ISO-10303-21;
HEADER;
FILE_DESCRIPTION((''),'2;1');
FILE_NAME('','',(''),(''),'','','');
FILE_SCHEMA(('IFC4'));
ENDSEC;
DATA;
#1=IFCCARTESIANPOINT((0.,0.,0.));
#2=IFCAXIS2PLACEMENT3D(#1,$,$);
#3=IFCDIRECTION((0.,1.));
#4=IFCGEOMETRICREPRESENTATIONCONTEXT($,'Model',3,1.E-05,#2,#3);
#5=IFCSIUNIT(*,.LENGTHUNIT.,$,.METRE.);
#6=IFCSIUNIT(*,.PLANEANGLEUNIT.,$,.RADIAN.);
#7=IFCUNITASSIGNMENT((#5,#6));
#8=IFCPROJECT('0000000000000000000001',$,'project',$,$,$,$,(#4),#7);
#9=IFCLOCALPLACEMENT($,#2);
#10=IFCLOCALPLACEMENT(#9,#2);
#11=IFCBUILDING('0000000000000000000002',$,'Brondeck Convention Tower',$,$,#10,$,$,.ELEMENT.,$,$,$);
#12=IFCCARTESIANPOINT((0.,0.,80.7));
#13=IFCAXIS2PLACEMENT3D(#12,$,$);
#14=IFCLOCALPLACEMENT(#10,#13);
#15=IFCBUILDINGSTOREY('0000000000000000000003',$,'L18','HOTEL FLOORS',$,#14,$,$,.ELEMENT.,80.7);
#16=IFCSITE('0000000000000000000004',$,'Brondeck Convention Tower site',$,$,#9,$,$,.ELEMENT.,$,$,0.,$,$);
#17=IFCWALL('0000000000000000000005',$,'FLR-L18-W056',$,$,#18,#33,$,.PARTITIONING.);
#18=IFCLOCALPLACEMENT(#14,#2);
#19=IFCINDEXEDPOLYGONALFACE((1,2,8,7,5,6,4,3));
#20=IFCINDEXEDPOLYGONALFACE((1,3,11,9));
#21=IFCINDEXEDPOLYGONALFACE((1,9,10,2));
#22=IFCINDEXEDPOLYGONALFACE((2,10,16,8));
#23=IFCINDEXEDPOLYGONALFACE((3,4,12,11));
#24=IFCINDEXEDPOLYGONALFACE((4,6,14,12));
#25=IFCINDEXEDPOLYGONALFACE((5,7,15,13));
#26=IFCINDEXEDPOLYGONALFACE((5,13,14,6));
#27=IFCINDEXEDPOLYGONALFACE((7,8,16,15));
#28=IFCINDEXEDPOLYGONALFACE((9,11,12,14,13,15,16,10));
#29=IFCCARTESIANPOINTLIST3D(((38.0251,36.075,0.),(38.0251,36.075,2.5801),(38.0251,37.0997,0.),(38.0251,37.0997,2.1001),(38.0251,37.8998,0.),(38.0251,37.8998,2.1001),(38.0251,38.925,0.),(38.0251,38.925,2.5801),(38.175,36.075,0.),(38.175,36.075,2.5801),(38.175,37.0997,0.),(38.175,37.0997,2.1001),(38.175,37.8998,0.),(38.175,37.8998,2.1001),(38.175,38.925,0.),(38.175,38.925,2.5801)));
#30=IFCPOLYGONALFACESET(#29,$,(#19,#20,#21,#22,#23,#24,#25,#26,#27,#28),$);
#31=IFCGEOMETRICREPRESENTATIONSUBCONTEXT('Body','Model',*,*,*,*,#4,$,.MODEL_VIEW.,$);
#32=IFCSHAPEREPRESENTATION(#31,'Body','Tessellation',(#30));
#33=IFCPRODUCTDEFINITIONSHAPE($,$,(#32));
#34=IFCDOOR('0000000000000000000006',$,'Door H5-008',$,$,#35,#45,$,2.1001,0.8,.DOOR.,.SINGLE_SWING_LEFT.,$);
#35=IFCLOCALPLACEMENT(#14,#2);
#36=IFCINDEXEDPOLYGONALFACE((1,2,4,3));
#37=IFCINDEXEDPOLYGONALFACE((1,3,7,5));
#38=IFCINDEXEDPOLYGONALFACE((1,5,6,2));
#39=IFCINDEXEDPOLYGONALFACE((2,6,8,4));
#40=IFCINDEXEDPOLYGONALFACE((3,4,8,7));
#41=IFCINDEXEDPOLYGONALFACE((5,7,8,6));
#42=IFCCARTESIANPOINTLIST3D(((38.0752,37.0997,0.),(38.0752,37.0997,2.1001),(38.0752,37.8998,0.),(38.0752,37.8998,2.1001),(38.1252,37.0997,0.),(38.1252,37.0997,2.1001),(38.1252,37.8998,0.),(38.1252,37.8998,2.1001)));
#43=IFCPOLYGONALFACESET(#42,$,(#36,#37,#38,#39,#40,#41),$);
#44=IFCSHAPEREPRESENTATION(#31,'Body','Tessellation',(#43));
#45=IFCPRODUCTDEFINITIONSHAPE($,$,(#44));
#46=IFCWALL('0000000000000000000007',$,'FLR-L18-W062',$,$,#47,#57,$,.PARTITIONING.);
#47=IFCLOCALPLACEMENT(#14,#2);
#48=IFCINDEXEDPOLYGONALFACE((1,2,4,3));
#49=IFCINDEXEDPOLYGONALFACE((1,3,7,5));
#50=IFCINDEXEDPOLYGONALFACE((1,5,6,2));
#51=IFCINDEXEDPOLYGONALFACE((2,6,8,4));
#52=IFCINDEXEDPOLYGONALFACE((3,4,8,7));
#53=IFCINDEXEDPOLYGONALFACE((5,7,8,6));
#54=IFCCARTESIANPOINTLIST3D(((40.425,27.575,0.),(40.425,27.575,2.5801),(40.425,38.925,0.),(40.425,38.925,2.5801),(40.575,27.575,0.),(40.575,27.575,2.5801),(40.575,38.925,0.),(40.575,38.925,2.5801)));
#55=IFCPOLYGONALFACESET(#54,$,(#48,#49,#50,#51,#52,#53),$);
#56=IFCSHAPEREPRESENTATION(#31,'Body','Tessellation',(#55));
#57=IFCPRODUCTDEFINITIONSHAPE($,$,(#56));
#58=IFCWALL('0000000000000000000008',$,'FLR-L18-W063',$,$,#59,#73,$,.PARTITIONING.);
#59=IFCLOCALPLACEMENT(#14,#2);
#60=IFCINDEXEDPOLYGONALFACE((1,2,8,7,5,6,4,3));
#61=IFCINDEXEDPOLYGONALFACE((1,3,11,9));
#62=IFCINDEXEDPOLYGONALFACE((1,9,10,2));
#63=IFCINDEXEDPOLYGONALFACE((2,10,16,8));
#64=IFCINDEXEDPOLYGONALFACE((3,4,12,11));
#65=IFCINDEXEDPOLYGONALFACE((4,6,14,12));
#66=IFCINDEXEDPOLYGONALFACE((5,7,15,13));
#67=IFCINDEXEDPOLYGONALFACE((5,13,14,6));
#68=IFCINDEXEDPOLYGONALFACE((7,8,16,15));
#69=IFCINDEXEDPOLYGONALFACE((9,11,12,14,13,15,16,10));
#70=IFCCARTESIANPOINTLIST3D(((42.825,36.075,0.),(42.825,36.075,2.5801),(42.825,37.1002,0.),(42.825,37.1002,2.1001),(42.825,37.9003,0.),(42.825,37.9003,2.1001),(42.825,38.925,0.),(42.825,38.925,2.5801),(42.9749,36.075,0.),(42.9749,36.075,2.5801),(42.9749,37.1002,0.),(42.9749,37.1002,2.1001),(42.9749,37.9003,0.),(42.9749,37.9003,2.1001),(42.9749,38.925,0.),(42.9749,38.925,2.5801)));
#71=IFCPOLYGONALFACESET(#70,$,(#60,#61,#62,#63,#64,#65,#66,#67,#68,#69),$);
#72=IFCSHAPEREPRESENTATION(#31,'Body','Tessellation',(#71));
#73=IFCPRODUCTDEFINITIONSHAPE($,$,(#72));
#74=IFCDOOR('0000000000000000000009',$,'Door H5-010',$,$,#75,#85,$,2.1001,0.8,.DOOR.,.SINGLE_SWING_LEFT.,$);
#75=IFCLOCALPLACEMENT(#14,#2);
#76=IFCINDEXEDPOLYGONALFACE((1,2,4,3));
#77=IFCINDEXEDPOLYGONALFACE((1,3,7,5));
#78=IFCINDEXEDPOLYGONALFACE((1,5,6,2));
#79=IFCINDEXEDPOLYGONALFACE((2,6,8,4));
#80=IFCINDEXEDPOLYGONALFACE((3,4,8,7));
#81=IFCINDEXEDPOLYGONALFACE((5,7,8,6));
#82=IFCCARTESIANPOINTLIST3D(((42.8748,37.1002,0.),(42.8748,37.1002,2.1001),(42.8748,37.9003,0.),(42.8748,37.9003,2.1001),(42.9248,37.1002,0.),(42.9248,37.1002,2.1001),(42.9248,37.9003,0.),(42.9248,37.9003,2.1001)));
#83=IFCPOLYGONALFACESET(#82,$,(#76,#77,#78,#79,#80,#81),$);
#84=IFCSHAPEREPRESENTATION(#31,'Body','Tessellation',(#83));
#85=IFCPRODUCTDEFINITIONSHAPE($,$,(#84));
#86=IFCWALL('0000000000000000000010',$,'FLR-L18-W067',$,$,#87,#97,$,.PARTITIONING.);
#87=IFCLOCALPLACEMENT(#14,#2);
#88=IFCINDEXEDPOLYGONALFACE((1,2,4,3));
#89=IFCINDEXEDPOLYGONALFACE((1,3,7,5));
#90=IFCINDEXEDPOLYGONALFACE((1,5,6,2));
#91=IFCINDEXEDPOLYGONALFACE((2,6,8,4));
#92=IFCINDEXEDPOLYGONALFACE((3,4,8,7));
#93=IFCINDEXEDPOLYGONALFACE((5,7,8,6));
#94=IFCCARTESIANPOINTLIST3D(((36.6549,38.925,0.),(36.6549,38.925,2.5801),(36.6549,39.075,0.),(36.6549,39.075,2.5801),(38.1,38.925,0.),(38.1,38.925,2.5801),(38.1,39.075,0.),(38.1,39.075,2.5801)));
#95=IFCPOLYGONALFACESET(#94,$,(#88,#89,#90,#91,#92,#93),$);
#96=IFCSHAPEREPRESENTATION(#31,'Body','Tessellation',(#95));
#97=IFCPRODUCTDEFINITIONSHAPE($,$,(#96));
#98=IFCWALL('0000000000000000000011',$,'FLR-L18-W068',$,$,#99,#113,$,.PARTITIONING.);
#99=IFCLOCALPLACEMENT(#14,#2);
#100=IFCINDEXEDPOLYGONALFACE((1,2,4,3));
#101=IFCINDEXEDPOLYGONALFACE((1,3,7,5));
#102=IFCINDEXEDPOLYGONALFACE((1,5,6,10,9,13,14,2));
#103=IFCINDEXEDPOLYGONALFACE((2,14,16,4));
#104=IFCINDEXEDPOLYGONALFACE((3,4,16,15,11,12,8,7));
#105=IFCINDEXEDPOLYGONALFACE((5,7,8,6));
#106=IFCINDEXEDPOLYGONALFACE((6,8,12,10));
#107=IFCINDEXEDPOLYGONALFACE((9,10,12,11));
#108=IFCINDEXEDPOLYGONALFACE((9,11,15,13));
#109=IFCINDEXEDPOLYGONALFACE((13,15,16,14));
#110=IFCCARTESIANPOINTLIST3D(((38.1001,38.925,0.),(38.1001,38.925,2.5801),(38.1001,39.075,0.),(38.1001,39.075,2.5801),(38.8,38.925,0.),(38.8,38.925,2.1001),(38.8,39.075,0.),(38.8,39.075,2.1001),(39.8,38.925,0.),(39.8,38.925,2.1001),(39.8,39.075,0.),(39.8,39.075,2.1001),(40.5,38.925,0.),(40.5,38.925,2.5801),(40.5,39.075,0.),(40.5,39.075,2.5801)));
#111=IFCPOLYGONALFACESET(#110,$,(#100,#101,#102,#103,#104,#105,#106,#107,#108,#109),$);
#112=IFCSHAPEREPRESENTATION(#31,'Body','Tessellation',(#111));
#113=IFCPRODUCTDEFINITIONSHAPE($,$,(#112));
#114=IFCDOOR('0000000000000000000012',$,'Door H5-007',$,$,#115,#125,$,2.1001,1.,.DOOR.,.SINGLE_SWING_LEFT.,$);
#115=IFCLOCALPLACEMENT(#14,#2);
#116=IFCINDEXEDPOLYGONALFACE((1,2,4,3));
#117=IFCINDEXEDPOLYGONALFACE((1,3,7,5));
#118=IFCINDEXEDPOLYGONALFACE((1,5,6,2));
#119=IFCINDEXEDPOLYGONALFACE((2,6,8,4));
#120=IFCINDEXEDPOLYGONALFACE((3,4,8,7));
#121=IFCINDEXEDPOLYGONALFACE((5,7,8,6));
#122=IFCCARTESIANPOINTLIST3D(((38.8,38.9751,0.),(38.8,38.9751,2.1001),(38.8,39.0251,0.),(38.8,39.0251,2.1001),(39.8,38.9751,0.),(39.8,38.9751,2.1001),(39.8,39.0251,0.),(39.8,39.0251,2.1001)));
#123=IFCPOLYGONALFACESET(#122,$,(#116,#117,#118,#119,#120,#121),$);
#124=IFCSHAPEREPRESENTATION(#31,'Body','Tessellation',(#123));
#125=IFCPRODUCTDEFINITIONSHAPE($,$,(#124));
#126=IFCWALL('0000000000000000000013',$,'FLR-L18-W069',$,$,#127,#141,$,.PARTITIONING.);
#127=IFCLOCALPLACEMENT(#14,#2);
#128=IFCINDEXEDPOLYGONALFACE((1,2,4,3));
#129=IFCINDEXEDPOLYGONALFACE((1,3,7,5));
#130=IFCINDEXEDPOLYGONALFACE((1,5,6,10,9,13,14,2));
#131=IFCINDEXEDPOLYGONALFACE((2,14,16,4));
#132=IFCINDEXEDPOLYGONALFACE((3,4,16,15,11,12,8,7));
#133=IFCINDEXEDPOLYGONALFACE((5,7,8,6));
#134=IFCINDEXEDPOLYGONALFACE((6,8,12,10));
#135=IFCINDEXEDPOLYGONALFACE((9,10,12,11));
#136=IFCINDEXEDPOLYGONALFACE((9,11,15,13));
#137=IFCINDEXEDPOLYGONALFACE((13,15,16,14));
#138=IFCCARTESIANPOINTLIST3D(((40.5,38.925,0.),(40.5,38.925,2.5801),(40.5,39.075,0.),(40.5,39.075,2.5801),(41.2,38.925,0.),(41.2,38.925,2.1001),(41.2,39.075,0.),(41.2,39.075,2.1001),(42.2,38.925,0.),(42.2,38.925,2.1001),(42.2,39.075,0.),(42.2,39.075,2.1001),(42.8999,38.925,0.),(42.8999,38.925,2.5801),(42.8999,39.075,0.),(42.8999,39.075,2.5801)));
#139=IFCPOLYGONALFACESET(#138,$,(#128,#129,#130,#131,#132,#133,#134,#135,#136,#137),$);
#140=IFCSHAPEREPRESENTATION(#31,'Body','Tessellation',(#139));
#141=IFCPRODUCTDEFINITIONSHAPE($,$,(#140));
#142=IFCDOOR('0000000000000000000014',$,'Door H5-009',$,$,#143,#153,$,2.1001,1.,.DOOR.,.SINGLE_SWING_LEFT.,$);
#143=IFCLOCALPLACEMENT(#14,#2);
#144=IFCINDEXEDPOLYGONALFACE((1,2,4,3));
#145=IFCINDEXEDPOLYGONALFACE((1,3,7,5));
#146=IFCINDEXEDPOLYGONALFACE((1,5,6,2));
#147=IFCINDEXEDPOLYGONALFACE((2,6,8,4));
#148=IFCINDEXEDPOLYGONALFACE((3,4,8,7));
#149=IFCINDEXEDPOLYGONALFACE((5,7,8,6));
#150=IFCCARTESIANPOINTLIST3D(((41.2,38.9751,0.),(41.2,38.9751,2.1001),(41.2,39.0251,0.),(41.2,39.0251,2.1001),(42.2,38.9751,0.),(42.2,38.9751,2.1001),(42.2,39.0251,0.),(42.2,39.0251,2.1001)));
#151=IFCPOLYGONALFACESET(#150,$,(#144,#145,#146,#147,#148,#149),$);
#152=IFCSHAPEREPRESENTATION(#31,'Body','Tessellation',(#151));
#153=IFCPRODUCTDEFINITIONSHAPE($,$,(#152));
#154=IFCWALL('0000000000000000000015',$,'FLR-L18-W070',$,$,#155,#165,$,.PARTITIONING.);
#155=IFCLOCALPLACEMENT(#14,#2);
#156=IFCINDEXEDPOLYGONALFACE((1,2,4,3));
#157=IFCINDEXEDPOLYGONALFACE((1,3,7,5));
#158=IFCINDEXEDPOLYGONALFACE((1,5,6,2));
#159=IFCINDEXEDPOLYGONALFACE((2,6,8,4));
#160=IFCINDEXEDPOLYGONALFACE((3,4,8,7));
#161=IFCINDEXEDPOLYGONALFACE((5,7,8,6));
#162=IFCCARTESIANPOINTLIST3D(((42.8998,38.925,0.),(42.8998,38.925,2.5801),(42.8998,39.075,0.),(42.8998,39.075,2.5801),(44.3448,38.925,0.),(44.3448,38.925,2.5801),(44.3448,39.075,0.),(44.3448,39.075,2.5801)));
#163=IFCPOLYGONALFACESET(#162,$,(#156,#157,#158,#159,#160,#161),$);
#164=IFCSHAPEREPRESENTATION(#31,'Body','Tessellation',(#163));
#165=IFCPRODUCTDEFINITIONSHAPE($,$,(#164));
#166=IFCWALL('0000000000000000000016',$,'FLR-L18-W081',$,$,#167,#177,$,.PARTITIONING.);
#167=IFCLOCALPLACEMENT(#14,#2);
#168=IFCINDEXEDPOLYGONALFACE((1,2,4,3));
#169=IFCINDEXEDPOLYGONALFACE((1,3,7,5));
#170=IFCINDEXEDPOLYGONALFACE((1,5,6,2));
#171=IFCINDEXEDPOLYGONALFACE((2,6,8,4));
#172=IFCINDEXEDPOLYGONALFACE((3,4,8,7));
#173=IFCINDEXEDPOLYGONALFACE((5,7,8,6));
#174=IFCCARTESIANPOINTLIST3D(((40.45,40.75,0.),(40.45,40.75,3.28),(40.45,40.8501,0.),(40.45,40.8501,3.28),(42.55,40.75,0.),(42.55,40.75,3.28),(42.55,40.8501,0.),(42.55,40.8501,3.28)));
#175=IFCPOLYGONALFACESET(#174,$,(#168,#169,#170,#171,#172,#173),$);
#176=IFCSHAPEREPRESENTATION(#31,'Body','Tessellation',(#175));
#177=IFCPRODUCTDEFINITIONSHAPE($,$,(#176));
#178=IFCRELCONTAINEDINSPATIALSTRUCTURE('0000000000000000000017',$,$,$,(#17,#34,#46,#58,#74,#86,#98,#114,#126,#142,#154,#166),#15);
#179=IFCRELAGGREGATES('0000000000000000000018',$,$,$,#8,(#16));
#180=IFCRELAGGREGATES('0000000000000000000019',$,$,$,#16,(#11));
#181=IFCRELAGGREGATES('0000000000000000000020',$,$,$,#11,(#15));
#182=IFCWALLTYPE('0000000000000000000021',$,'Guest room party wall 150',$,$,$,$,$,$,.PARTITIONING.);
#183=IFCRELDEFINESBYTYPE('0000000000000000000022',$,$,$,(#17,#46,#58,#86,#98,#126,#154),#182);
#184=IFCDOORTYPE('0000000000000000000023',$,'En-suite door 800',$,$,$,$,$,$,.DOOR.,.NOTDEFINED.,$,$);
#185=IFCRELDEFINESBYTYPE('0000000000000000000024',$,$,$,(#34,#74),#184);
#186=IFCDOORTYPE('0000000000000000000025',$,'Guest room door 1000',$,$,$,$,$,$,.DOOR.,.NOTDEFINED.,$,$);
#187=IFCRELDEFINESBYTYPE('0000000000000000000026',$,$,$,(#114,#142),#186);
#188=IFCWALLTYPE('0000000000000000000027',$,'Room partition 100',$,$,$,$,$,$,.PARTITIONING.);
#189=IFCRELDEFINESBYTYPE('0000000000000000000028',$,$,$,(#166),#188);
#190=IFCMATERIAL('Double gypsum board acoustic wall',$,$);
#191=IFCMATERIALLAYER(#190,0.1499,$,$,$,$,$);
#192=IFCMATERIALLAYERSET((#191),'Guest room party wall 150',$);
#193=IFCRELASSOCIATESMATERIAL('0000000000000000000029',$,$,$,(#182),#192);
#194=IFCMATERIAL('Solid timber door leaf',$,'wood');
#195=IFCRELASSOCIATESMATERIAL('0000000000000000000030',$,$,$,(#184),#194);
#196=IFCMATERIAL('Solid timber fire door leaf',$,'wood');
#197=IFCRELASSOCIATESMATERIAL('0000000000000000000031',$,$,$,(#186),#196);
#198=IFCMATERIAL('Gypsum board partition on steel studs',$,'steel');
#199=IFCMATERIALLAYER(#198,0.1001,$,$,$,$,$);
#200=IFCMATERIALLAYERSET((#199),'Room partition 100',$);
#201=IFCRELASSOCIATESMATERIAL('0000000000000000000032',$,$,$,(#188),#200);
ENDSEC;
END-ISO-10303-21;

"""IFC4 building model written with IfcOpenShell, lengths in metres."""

from ifc_helpers import new_model, si_unit, direction, frame, frame_2d, origin, place, context, subcontext, project, spatial, rectangle, extrude, material, layer, layer_set, type_object, element, fill, save


model = new_model("IFC4")

# Units and contexts
model_context = context("Model", 3, precision=1e-05, world=origin(), true_north=direction((0.0, 1.0)))
body_context = subcontext(model_context, "Body", "Model", "MODEL_VIEW")
ifc_project = project(units=[si_unit("LENGTHUNIT", "METRE"), si_unit("PLANEANGLEUNIT", "RADIAN")], contexts=[model_context])

# Site, building, storey
site_placement = place(None, origin())
site = spatial("IfcSite", under=ifc_project, at=site_placement, Name="Brondeck Convention Tower site", CompositionType="ELEMENT", RefElevation=0.0)
building_placement = place(site_placement, origin())
building = spatial("IfcBuilding", under=site, at=building_placement, Name="Brondeck Convention Tower", CompositionType="ELEMENT")
storey_placement = place(building_placement, frame((0.0, 0.0, 80.7)))
storey = spatial("IfcBuildingStorey", under=building, at=storey_placement, Name="L18", Description="HOTEL FLOORS", CompositionType="ELEMENT", Elevation=80.7)

# Shared definitions
ifc_material_1 = material(Name="Double gypsum board acoustic wall")
ifc_layer_1 = layer(ifc_material_1, 0.1499)
ifc_layer_set_1 = layer_set([ifc_layer_1], Name="Guest room party wall 150")
wall_type_1 = type_object("IfcWallType", Name="Guest room party wall 150", PredefinedType="PARTITIONING", material=ifc_layer_set_1)

# Wall, opening, door
wall_1_placement = place(storey_placement, frame((38.1001, 36.075, 0.0), z_axis=(0.0, 0.0, 1.0), x_axis=(0.0, 1.0, 0.0)))
wall_1 = element("IfcWall", 1, at=wall_1_placement, inside=storey, type_object=wall_type_1, Name="FLR-L18-W056", PredefinedType="PARTITIONING", context=body_context, shape_type="SweptSolid", body=[
    extrude(rectangle(XDim=2.8501, YDim=0.1499, at=frame_2d((1.425, 0.0))), origin(), (0.0, 0.0, 1.0), 2.5801),
])
opening_1_placement = place(wall_1_placement, frame((1.0249, 0.0, 0.0)))
opening_1 = element("IfcOpeningElement", 2, at=opening_1_placement, cuts=wall_1, PredefinedType="OPENING", context=body_context, shape_type="SweptSolid", body=[
    extrude(rectangle(XDim=0.8, YDim=2.1001, at=frame_2d((0.3999, 1.05))), frame((0.0, 0.085, 0.0), z_axis=(0.0, -1.0, 0.0), x_axis=(1.0, 0.0, 0.0)), (0.0, 0.0, 1.0), 0.1699),
])
ifc_material_2 = material(Name="Solid timber door leaf", Category="wood")
door_type_1 = type_object("IfcDoorType", Name="En-suite door 800", OperationType="NOTDEFINED", PredefinedType="DOOR", material=ifc_material_2)
door_1_placement = place(opening_1_placement, origin())
door_1 = element("IfcDoor", 3, at=door_1_placement, inside=storey, type_object=door_type_1, Name="Door H5-008", OperationType="SINGLE_SWING_LEFT", OverallHeight=2.1001, OverallWidth=0.8, PredefinedType="DOOR", context=body_context, shape_type="SweptSolid", body=[
    extrude(rectangle(XDim=0.8, YDim=2.1001, at=frame_2d((0.3999, 1.05))), frame((0.0, 0.0249, 0.0), z_axis=(0.0, -1.0, 0.0), x_axis=(1.0, 0.0, 0.0)), (0.0, 0.0, 1.0), 0.05),
])
fill(opening_1, door_1)

# Wall
wall_2_placement = place(storey_placement, frame((40.5, 38.925, 0.0), z_axis=(0.0, 0.0, 1.0), x_axis=(0.0, -1.0, 0.0)))
element("IfcWall", 4, at=wall_2_placement, inside=storey, type_object=wall_type_1, Name="FLR-L18-W062", PredefinedType="PARTITIONING", context=body_context, shape_type="SweptSolid", body=[
    extrude(rectangle(XDim=11.3501, YDim=0.1499, at=frame_2d((5.675, 0.0))), origin(), (0.0, 0.0, 1.0), 2.5801),
])

# Wall, opening, door
wall_3_placement = place(storey_placement, frame((42.8999, 38.925, 0.0), z_axis=(0.0, 0.0, 1.0), x_axis=(0.0, -1.0, 0.0)))
wall_3 = element("IfcWall", 5, at=wall_3_placement, inside=storey, type_object=wall_type_1, Name="FLR-L18-W063", PredefinedType="PARTITIONING", context=body_context, shape_type="SweptSolid", body=[
    extrude(rectangle(XDim=2.8501, YDim=0.1499, at=frame_2d((1.425, 0.0))), origin(), (0.0, 0.0, 1.0), 2.5801),
])
opening_2_placement = place(wall_3_placement, frame((1.0249, 0.0, 0.0)))
opening_2 = element("IfcOpeningElement", 6, at=opening_2_placement, cuts=wall_3, PredefinedType="OPENING", context=body_context, shape_type="SweptSolid", body=[
    extrude(rectangle(XDim=0.8, YDim=2.1001, at=frame_2d((0.3999, 1.05))), frame((0.0, 0.085, 0.0), z_axis=(0.0, -1.0, 0.0), x_axis=(1.0, 0.0, 0.0)), (0.0, 0.0, 1.0), 0.1699),
])
door_2_placement = place(opening_2_placement, origin())
door_2 = element("IfcDoor", 7, at=door_2_placement, inside=storey, type_object=door_type_1, Name="Door H5-010", OperationType="SINGLE_SWING_LEFT", OverallHeight=2.1001, OverallWidth=0.8, PredefinedType="DOOR", context=body_context, shape_type="SweptSolid", body=[
    extrude(rectangle(XDim=0.8, YDim=2.1001, at=frame_2d((0.3999, 1.05))), frame((0.0, 0.0249, 0.0), z_axis=(0.0, -1.0, 0.0), x_axis=(1.0, 0.0, 0.0)), (0.0, 0.0, 1.0), 0.05),
])
fill(opening_2, door_2)

# Wall
wall_4_placement = place(storey_placement, frame((38.1001, 39.0, 0.0), z_axis=(0.0, 0.0, 1.0), x_axis=(-1.0, 0.0, 0.0)))
element("IfcWall", 8, at=wall_4_placement, inside=storey, type_object=wall_type_1, Name="FLR-L18-W067", PredefinedType="PARTITIONING", context=body_context, shape_type="SweptSolid", body=[
    extrude(rectangle(XDim=1.4451, YDim=0.1499, at=frame_2d((0.7227, 0.0))), origin(), (0.0, 0.0, 1.0), 2.5801),
])

# Walls, openings, doors
wall_5_placement = place(storey_placement, frame((40.5, 39.0, 0.0), z_axis=(0.0, 0.0, 1.0), x_axis=(-1.0, 0.0, 0.0)))
wall_5 = element("IfcWall", 9, at=wall_5_placement, inside=storey, type_object=wall_type_1, Name="FLR-L18-W068", PredefinedType="PARTITIONING", context=body_context, shape_type="SweptSolid", body=[
    extrude(rectangle(XDim=2.3999, YDim=0.1499, at=frame_2d((1.2, 0.0))), origin(), (0.0, 0.0, 1.0), 2.5801),
])
opening_3_placement = place(wall_5_placement, frame((0.7, 0.0, 0.0)))
opening_3 = element("IfcOpeningElement", 10, at=opening_3_placement, cuts=wall_5, PredefinedType="OPENING", context=body_context, shape_type="SweptSolid", body=[
    extrude(rectangle(XDim=1.0, YDim=2.1001, at=frame_2d((0.5, 1.05))), frame((0.0, 0.085, 0.0), z_axis=(0.0, -1.0, 0.0), x_axis=(1.0, 0.0, 0.0)), (0.0, 0.0, 1.0), 0.1699),
])
ifc_material_3 = material(Name="Solid timber fire door leaf", Category="wood")
door_type_2 = type_object("IfcDoorType", Name="Guest room door 1000", OperationType="NOTDEFINED", PredefinedType="DOOR", material=ifc_material_3)
door_3_placement = place(opening_3_placement, origin())
door_3 = element("IfcDoor", 11, at=door_3_placement, inside=storey, type_object=door_type_2, Name="Door H5-007", OperationType="SINGLE_SWING_LEFT", OverallHeight=2.1001, OverallWidth=1.0, PredefinedType="DOOR", context=body_context, shape_type="SweptSolid", body=[
    extrude(rectangle(XDim=1.0, YDim=2.1001, at=frame_2d((0.5, 1.05))), frame((0.0, 0.0249, 0.0), z_axis=(0.0, -1.0, 0.0), x_axis=(1.0, 0.0, 0.0)), (0.0, 0.0, 1.0), 0.05),
])
fill(opening_3, door_3)
wall_6_placement = place(storey_placement, frame((42.8999, 39.0, 0.0), z_axis=(0.0, 0.0, 1.0), x_axis=(-1.0, 0.0, 0.0)))
wall_6 = element("IfcWall", 12, at=wall_6_placement, inside=storey, type_object=wall_type_1, Name="FLR-L18-W069", PredefinedType="PARTITIONING", context=body_context, shape_type="SweptSolid", body=[
    extrude(rectangle(XDim=2.3999, YDim=0.1499, at=frame_2d((1.2, 0.0))), origin(), (0.0, 0.0, 1.0), 2.5801),
])
opening_4_placement = place(wall_6_placement, frame((0.7, 0.0, 0.0)))
opening_4 = element("IfcOpeningElement", 13, at=opening_4_placement, cuts=wall_6, PredefinedType="OPENING", context=body_context, shape_type="SweptSolid", body=[
    extrude(rectangle(XDim=1.0, YDim=2.1001, at=frame_2d((0.5, 1.05))), frame((0.0, 0.085, 0.0), z_axis=(0.0, -1.0, 0.0), x_axis=(1.0, 0.0, 0.0)), (0.0, 0.0, 1.0), 0.1699),
])
door_4_placement = place(opening_4_placement, origin())
door_4 = element("IfcDoor", 14, at=door_4_placement, inside=storey, type_object=door_type_2, Name="Door H5-009", OperationType="SINGLE_SWING_LEFT", OverallHeight=2.1001, OverallWidth=1.0, PredefinedType="DOOR", context=body_context, shape_type="SweptSolid", body=[
    extrude(rectangle(XDim=1.0, YDim=2.1001, at=frame_2d((0.5, 1.05))), frame((0.0, 0.0249, 0.0), z_axis=(0.0, -1.0, 0.0), x_axis=(1.0, 0.0, 0.0)), (0.0, 0.0, 1.0), 0.05),
])
fill(opening_4, door_4)

# Walls
wall_7_placement = place(storey_placement, frame((44.345, 39.0, 0.0), z_axis=(0.0, 0.0, 1.0), x_axis=(-1.0, 0.0, 0.0)))
element("IfcWall", 15, at=wall_7_placement, inside=storey, type_object=wall_type_1, Name="FLR-L18-W070", PredefinedType="PARTITIONING", context=body_context, shape_type="SweptSolid", body=[
    extrude(rectangle(XDim=1.4451, YDim=0.1499, at=frame_2d((0.7227, 0.0))), origin(), (0.0, 0.0, 1.0), 2.5801),
])
ifc_material_4 = material(Name="Gypsum board partition on steel studs", Category="steel")
ifc_layer_2 = layer(ifc_material_4, 0.1001)
ifc_layer_set_2 = layer_set([ifc_layer_2], Name="Room partition 100")
wall_type_2 = type_object("IfcWallType", Name="Room partition 100", PredefinedType="PARTITIONING", material=ifc_layer_set_2)
wall_8_placement = place(storey_placement, frame((40.45, 40.8, 0.0), z_axis=(0.0, 0.0, 1.0), x_axis=(1.0, 0.0, 0.0)))
element("IfcWall", 16, at=wall_8_placement, inside=storey, type_object=wall_type_2, Name="FLR-L18-W081", PredefinedType="PARTITIONING", context=body_context, shape_type="SweptSolid", body=[
    extrude(rectangle(XDim=2.1001, YDim=0.1001, at=frame_2d((1.05, 0.0))), origin(), (0.0, 0.0, 1.0), 3.28),
])

save(model, "model.ifc")
